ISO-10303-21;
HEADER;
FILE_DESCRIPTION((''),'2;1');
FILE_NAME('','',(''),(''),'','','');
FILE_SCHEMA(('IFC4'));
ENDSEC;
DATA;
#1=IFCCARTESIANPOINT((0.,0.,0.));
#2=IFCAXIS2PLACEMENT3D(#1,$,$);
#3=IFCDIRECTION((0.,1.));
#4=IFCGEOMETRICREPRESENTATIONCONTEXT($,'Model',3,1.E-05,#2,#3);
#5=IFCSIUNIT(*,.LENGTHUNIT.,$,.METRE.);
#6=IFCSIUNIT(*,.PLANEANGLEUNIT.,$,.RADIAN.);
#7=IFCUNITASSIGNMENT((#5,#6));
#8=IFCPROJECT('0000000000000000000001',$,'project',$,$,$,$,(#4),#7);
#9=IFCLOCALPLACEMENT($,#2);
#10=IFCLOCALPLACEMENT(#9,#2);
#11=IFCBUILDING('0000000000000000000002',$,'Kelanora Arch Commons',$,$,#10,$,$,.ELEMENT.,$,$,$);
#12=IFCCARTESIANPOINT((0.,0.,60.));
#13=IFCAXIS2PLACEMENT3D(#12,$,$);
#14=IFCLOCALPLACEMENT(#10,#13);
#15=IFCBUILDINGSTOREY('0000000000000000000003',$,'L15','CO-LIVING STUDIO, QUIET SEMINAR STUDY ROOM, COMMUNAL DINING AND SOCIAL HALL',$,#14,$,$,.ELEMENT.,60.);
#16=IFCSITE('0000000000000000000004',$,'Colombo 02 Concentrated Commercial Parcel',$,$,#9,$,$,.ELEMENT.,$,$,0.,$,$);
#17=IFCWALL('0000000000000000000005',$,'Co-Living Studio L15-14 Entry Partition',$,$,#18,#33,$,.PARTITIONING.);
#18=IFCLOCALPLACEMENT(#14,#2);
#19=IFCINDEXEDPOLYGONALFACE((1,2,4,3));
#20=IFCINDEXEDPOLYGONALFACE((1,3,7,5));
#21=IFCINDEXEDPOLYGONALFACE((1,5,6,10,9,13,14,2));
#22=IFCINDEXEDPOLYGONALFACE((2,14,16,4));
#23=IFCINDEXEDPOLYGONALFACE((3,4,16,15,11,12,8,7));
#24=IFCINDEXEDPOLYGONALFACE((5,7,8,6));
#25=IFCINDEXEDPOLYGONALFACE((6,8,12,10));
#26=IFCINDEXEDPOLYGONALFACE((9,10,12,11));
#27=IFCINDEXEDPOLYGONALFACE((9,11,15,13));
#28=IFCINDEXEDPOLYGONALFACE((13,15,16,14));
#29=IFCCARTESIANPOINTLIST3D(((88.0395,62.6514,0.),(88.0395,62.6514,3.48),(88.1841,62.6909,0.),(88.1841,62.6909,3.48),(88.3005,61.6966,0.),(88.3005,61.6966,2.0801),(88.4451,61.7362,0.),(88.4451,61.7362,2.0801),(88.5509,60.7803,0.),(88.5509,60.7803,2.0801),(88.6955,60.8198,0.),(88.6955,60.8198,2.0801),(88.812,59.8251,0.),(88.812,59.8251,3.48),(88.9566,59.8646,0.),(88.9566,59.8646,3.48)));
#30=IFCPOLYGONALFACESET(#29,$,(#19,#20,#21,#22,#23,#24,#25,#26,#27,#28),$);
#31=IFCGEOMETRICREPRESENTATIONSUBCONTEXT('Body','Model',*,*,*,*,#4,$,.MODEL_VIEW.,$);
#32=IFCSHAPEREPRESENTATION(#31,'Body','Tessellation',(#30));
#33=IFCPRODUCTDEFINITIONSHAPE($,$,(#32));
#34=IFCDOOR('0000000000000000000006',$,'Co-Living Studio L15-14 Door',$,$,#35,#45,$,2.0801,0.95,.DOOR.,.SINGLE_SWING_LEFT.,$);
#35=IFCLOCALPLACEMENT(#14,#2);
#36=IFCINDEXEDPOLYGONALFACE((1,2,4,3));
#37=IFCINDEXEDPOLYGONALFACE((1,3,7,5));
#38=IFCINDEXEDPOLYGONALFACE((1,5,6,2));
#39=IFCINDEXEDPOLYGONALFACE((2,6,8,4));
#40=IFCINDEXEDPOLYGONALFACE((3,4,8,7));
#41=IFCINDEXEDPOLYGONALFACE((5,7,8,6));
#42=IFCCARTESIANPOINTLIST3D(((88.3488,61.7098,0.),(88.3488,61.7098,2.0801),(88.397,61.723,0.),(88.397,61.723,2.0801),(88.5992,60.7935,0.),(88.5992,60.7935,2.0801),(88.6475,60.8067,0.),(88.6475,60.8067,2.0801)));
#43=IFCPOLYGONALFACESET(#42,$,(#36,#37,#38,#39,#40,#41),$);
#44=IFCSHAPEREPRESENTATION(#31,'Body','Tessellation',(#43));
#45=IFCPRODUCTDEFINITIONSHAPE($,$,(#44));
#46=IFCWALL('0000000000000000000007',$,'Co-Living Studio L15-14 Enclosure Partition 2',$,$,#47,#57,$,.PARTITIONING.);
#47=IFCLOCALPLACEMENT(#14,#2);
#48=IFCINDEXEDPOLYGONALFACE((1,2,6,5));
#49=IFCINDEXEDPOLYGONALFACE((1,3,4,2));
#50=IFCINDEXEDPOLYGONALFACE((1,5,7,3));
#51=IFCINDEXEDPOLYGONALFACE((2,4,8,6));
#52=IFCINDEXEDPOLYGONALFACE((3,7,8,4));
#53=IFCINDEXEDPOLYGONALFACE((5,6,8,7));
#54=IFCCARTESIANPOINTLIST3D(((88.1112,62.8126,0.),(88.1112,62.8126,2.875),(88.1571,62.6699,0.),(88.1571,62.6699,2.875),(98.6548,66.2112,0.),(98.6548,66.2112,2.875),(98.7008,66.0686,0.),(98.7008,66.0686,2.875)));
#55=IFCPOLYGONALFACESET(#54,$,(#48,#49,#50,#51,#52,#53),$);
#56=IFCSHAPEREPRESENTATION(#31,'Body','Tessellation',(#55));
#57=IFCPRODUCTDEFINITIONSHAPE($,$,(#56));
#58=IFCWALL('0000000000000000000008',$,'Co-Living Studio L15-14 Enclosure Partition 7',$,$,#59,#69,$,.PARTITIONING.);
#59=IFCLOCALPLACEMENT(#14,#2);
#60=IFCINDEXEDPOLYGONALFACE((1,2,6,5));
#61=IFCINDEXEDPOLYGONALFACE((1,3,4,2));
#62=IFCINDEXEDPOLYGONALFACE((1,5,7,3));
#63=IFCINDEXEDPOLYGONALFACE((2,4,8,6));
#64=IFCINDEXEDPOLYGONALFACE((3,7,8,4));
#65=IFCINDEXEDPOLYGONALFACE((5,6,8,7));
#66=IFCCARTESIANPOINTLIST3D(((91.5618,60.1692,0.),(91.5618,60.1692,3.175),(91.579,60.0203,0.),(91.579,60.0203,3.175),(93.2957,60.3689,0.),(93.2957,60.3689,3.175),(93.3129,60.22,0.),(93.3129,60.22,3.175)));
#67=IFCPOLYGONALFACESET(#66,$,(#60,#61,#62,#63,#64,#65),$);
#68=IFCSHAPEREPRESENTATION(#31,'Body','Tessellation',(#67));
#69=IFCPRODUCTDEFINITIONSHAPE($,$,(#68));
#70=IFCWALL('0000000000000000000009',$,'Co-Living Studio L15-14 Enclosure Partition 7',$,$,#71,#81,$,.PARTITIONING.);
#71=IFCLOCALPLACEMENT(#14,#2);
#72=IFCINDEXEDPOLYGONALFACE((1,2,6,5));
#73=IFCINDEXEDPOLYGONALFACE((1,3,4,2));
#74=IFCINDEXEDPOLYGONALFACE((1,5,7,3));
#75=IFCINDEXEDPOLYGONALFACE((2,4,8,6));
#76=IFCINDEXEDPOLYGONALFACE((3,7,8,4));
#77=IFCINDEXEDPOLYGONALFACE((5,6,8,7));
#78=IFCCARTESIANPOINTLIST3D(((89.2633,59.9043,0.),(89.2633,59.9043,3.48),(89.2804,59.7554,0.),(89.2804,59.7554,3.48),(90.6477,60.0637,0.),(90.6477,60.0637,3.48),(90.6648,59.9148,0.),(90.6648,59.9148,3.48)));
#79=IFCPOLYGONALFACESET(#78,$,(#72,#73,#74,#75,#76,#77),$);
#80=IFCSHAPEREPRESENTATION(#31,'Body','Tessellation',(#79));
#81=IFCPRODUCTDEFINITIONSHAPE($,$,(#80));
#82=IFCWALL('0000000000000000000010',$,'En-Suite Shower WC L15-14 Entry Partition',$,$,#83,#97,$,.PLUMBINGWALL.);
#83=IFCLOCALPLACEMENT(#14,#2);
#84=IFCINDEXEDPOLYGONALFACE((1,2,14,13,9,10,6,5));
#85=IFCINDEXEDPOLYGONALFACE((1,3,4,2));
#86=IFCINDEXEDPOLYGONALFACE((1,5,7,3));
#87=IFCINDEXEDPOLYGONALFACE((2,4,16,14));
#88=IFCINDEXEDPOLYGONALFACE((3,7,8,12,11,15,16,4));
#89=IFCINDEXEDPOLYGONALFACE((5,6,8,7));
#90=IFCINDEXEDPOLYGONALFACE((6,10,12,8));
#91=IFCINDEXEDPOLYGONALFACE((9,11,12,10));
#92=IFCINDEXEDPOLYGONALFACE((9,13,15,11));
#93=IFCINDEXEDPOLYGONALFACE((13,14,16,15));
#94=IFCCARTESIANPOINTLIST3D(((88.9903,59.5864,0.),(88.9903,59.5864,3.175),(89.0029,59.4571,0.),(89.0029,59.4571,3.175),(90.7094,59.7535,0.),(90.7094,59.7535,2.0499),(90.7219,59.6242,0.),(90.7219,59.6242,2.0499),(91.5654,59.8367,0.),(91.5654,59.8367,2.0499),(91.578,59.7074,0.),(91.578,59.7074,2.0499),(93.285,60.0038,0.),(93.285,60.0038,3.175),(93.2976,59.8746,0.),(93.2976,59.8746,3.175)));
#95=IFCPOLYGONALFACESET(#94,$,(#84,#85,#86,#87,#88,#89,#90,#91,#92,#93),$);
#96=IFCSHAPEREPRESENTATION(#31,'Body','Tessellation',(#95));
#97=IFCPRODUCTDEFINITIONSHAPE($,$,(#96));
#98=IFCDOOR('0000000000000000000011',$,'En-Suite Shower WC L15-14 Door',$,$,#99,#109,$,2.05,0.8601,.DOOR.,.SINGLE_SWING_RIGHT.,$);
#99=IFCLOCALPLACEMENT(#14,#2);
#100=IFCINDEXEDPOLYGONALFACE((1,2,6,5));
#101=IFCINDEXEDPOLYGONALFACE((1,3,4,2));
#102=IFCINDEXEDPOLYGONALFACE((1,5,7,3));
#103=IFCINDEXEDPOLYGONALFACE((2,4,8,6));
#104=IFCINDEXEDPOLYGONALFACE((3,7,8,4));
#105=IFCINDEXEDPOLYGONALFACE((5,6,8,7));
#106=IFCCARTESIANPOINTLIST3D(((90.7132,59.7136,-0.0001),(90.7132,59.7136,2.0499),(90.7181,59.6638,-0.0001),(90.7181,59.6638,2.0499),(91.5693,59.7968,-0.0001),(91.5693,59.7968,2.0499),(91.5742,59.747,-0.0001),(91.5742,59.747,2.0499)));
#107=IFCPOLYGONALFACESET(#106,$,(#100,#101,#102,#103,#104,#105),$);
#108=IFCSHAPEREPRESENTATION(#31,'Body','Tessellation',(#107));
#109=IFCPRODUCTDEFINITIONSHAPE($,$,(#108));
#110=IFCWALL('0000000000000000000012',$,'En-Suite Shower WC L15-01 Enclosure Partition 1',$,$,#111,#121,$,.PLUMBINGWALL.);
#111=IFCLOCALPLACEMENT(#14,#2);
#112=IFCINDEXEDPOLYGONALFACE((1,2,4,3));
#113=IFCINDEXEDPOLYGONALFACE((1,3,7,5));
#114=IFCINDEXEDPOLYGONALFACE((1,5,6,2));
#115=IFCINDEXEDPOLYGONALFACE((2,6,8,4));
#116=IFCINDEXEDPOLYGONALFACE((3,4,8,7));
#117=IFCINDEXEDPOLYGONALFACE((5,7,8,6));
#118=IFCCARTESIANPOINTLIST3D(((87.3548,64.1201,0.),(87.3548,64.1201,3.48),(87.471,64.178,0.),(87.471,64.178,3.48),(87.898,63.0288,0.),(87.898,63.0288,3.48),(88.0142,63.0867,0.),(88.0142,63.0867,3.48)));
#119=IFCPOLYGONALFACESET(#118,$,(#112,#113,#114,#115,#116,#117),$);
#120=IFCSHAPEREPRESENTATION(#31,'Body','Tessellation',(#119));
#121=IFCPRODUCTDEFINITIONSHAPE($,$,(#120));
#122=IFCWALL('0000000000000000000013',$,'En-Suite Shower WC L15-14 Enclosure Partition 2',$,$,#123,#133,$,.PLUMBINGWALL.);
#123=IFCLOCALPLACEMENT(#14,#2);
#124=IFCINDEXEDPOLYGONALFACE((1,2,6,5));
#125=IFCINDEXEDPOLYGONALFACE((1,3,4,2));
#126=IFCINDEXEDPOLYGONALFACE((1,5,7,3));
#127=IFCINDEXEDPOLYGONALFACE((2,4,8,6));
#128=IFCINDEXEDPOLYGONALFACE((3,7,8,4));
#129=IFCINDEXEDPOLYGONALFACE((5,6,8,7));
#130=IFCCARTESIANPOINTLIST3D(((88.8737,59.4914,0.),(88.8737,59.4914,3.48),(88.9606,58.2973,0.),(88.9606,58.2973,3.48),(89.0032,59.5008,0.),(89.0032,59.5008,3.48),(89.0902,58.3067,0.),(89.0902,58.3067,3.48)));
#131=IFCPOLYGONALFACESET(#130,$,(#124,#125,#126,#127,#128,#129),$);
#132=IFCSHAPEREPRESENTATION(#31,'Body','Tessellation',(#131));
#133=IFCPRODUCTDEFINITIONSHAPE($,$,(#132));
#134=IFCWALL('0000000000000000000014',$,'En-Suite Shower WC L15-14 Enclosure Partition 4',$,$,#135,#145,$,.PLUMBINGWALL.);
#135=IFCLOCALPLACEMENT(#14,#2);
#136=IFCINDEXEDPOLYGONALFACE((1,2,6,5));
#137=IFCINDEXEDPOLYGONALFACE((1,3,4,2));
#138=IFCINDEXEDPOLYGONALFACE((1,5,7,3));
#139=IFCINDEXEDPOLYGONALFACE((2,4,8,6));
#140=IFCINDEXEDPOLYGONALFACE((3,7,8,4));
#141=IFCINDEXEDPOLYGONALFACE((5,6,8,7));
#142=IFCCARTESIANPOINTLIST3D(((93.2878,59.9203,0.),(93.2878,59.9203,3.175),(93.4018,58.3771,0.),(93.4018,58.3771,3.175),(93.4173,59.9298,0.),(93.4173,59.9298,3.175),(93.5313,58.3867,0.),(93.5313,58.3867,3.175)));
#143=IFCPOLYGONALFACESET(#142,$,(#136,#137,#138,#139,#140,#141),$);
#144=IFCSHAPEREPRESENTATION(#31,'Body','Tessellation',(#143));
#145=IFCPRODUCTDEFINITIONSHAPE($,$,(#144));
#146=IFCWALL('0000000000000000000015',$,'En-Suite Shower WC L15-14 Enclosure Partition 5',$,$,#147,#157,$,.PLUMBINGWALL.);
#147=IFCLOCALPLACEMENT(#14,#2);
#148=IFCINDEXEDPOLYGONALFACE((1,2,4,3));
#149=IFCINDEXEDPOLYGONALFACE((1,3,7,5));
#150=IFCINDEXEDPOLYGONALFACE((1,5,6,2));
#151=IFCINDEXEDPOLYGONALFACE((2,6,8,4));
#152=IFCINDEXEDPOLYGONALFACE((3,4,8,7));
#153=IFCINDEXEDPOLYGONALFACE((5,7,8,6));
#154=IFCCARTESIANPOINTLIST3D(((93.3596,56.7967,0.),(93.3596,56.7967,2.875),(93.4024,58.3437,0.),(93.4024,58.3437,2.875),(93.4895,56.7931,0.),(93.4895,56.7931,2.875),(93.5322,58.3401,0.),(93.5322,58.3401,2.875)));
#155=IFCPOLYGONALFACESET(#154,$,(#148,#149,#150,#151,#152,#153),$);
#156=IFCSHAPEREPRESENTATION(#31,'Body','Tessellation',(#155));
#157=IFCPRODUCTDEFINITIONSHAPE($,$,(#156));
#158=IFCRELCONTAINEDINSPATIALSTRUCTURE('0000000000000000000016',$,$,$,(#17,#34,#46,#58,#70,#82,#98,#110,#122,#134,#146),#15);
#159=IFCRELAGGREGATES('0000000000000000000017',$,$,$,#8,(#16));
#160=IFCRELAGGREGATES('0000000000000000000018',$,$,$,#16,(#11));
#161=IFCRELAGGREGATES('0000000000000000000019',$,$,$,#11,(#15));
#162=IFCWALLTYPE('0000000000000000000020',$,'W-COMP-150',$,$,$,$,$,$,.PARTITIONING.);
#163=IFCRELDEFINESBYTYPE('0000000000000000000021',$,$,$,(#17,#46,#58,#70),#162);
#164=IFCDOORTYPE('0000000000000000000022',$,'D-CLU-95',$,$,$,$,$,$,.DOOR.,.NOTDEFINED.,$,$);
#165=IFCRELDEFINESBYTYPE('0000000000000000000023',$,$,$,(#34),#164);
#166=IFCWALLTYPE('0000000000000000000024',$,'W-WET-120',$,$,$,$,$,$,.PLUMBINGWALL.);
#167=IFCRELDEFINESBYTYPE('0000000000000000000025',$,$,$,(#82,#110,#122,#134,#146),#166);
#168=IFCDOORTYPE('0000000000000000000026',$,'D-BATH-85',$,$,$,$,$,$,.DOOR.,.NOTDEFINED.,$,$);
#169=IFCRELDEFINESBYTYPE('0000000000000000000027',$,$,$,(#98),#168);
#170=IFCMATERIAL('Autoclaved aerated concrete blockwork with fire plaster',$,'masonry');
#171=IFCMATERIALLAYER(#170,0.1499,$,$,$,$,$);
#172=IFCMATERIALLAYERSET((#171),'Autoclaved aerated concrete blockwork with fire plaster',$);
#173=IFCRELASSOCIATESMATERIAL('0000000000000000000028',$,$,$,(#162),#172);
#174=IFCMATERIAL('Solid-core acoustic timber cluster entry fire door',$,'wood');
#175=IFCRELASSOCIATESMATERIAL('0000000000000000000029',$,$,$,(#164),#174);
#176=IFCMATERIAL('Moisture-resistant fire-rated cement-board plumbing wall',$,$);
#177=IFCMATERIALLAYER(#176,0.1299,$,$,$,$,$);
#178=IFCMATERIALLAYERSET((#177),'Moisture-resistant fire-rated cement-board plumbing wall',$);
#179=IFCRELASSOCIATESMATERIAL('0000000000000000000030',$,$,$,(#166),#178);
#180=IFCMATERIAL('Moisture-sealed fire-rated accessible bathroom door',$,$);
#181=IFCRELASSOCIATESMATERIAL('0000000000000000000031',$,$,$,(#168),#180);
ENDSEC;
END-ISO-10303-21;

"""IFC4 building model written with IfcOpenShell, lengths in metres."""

from ifc_helpers import new_model, si_unit, direction, frame, frame_2d, origin, place, context, subcontext, project, spatial, rectangle, extrude, material, layer, layer_set, type_object, element, fill, save


model = new_model("IFC4")

# Units and contexts
model_context = context("Model", 3, precision=1e-05, world=origin(), true_north=direction((0.0, 1.0)))
body_context = subcontext(model_context, "Body", "Model", "MODEL_VIEW")
ifc_project = project(units=[si_unit("LENGTHUNIT", "METRE"), si_unit("PLANEANGLEUNIT", "RADIAN")], contexts=[model_context])

# Site, building, storey
site_placement = place(None, origin())
site = spatial("IfcSite", under=ifc_project, at=site_placement, Name="Colombo 02 Concentrated Commercial Parcel", CompositionType="ELEMENT", RefElevation=0.0)
building_placement = place(site_placement, origin())
building = spatial("IfcBuilding", under=site, at=building_placement, Name="Kelanora Arch Commons", CompositionType="ELEMENT")
storey_placement = place(building_placement, frame((0.0, 0.0, 60.0)))
storey = spatial("IfcBuildingStorey", under=building, at=storey_placement, Name="L15", Description="CO-LIVING STUDIO, QUIET SEMINAR STUDY ROOM, COMMUNAL DINING AND SOCIAL HALL", CompositionType="ELEMENT", Elevation=60.0)

# Wall, opening, door
ifc_material_1 = material(Name="Autoclaved aerated concrete blockwork with fire plaster", Category="masonry")
ifc_layer_1 = layer(ifc_material_1, 0.1499)
ifc_layer_set_1 = layer_set([ifc_layer_1], Name="Autoclaved aerated concrete blockwork with fire plaster")
wall_type_1 = type_object("IfcWallType", Name="W-COMP-150", PredefinedType="PARTITIONING", material=ifc_layer_set_1)
wall_1_placement = place(storey_placement, frame((88.8843, 59.845, 0.0), z_axis=(0.0, 0.0, 1.0), x_axis=(-0.263653, 0.964618, 0.0)))
wall_1 = element("IfcWall", 1, at=wall_1_placement, inside=storey, type_object=wall_type_1, Name="Co-Living Studio L15-14 Entry Partition", PredefinedType="PARTITIONING", context=body_context, shape_type="SweptSolid", body=[
    extrude(rectangle(XDim=2.9299, YDim=0.1499, at=frame_2d((1.4648, 0.0))), origin(), (0.0, 0.0, 1.0), 3.48),
])
opening_1_placement = place(wall_1_placement, frame((0.99, 0.0, 0.0)))
opening_1 = element("IfcOpeningElement", 2, at=opening_1_placement, cuts=wall_1, PredefinedType="OPENING", context=body_context, shape_type="SweptSolid", body=[
    extrude(rectangle(XDim=0.95, YDim=2.0801, at=frame_2d((0.4751, 1.04))), frame((0.0, 0.085, 0.0), z_axis=(0.0, -1.0, 0.0), x_axis=(1.0, 0.0, 0.0)), (0.0, 0.0, 1.0), 0.1699),
])
ifc_material_2 = material(Name="Solid-core acoustic timber cluster entry fire door", Category="wood")
door_type_1 = type_object("IfcDoorType", Name="D-CLU-95", OperationType="NOTDEFINED", PredefinedType="DOOR", material=ifc_material_2)
door_1_placement = place(opening_1_placement, origin())
door_1 = element("IfcDoor", 3, at=door_1_placement, inside=storey, type_object=door_type_1, Name="Co-Living Studio L15-14 Door", OperationType="SINGLE_SWING_LEFT", OverallHeight=2.0801, OverallWidth=0.95, PredefinedType="DOOR", context=body_context, shape_type="SweptSolid", body=[
    extrude(rectangle(XDim=0.95, YDim=2.0801, at=frame_2d((0.4751, 1.04))), frame((0.0, 0.0249, 0.0), z_axis=(0.0, -1.0, 0.0), x_axis=(1.0, 0.0, 0.0)), (0.0, 0.0, 1.0), 0.05),
])
fill(opening_1, door_1)

# Walls
wall_2_placement = place(storey_placement, frame((88.134, 62.7412, 0.0), z_axis=(0.0, 0.0, 1.0), x_axis=(0.951775, 0.306797, 0.0)))
element("IfcWall", 4, at=wall_2_placement, inside=storey, type_object=wall_type_1, Name="Co-Living Studio L15-14 Enclosure Partition 2", PredefinedType="PARTITIONING", context=body_context, shape_type="SweptSolid", body=[
    extrude(rectangle(XDim=11.0779, YDim=0.1499, at=frame_2d((5.5391, 0.0))), origin(), (0.0, 0.0, 1.0), 2.875),
])
wall_3_placement = place(storey_placement, frame((93.3042, 60.2944, 0.0), z_axis=(0.0, 0.0, 1.0), x_axis=(-0.993432, -0.114422, 0.0)))
element("IfcWall", 5, at=wall_3_placement, inside=storey, type_object=wall_type_1, Name="Co-Living Studio L15-14 Enclosure Partition 7", PredefinedType="PARTITIONING", context=body_context, shape_type="SweptSolid", body=[
    extrude(rectangle(XDim=1.7454, YDim=0.1499, at=frame_2d((0.8726, 0.0))), origin(), (0.0, 0.0, 1.0), 3.175),
])
wall_4_placement = place(storey_placement, frame((90.6562, 59.9893, 0.0), z_axis=(0.0, 0.0, 1.0), x_axis=(-0.993436, -0.114391, 0.0)))
element("IfcWall", 6, at=wall_4_placement, inside=storey, type_object=wall_type_1, Name="Co-Living Studio L15-14 Enclosure Partition 7", PredefinedType="PARTITIONING", context=body_context, shape_type="SweptSolid", body=[
    extrude(rectangle(XDim=1.3936, YDim=0.1499, at=frame_2d((0.6968, 0.0))), origin(), (0.0, 0.0, 1.0), 3.48),
])

# Wall, opening, door
ifc_material_3 = material(Name="Moisture-resistant fire-rated cement-board plumbing wall")
ifc_layer_2 = layer(ifc_material_3, 0.1299)
ifc_layer_set_2 = layer_set([ifc_layer_2], Name="Moisture-resistant fire-rated cement-board plumbing wall")
wall_type_2 = type_object("IfcWallType", Name="W-WET-120", PredefinedType="PLUMBINGWALL", material=ifc_layer_set_2)
wall_5_placement = place(storey_placement, frame((88.9966, 59.5217, 0.0), z_axis=(0.0, 0.0, 1.0), x_axis=(0.995308, 0.096753, 0.0)))
wall_5 = element("IfcWall", 7, at=wall_5_placement, inside=storey, type_object=wall_type_2, Name="En-Suite Shower WC L15-14 Entry Partition", PredefinedType="PLUMBINGWALL", context=body_context, shape_type="SweptSolid", body=[
    extrude(rectangle(XDim=4.3149, YDim=0.1299, at=frame_2d((2.1575, 0.0))), origin(), (0.0, 0.0, 1.0), 3.175),
])
opening_2_placement = place(wall_5_placement, frame((1.7271, 0.0, 0.0)))
opening_2 = element("IfcOpeningElement", 8, at=opening_2_placement, cuts=wall_5, PredefinedType="OPENING", context=body_context, shape_type="SweptSolid", body=[
    extrude(rectangle(XDim=0.8601, YDim=2.05, at=frame_2d((0.4302, 1.0249))), frame((0.0, 0.075, 0.0), z_axis=(0.0, -1.0, 0.0), x_axis=(1.0, 0.0, 0.0)), (0.0, 0.0, 1.0), 0.1499),
])
ifc_material_4 = material(Name="Moisture-sealed fire-rated accessible bathroom door")
door_type_2 = type_object("IfcDoorType", Name="D-BATH-85", OperationType="NOTDEFINED", PredefinedType="DOOR", material=ifc_material_4)
door_2_placement = place(opening_2_placement, origin())
door_2 = element("IfcDoor", 9, at=door_2_placement, inside=storey, type_object=door_type_2, Name="En-Suite Shower WC L15-14 Door", OperationType="SINGLE_SWING_RIGHT", OverallHeight=2.05, OverallWidth=0.8601, PredefinedType="DOOR", context=body_context, shape_type="SweptSolid", body=[
    extrude(rectangle(XDim=0.8601, YDim=2.05, at=frame_2d((0.4302, 1.0249))), frame((0.0, 0.0249, 0.0), z_axis=(0.0, -1.0, 0.0), x_axis=(1.0, 0.0, 0.0)), (0.0, 0.0, 1.0), 0.05),
])
fill(opening_2, door_2)

# Walls
wall_6_placement = place(storey_placement, frame((87.9561, 63.0579, 0.0), z_axis=(0.0, 0.0, 1.0), x_axis=(-0.445611, 0.895227, 0.0)))
element("IfcWall", 10, at=wall_6_placement, inside=storey, type_object=wall_type_2, Name="En-Suite Shower WC L15-01 Enclosure Partition 1", PredefinedType="PLUMBINGWALL", context=body_context, shape_type="SweptSolid", body=[
    extrude(rectangle(XDim=1.219, YDim=0.1299, at=frame_2d((0.6094, 0.0))), origin(), (0.0, 0.0, 1.0), 3.48),
])
wall_7_placement = place(storey_placement, frame((89.0254, 58.302, 0.0), z_axis=(0.0, 0.0, 1.0), x_axis=(-0.072595, 0.997362, 0.0)))
element("IfcWall", 11, at=wall_7_placement, inside=storey, type_object=wall_type_2, Name="En-Suite Shower WC L15-14 Enclosure Partition 2", PredefinedType="PLUMBINGWALL", context=body_context, shape_type="SweptSolid", body=[
    extrude(rectangle(XDim=1.1973, YDim=0.1299, at=frame_2d((0.5986, 0.0))), origin(), (0.0, 0.0, 1.0), 3.48),
])
wall_8_placement = place(storey_placement, frame((93.3525, 59.925, 0.0), z_axis=(0.0, 0.0, 1.0), x_axis=(0.07368, -0.997282, 0.0)))
element("IfcWall", 12, at=wall_8_placement, inside=storey, type_object=wall_type_2, Name="En-Suite Shower WC L15-14 Enclosure Partition 4", PredefinedType="PLUMBINGWALL", context=body_context, shape_type="SweptSolid", body=[
    extrude(rectangle(XDim=1.5474, YDim=0.1299, at=frame_2d((0.7737, 0.0))), origin(), (0.0, 0.0, 1.0), 3.175),
])
wall_9_placement = place(storey_placement, frame((93.4673, 58.342, 0.0), z_axis=(0.0, 0.0, 1.0), x_axis=(-0.027605, -0.999619, 0.0)))
element("IfcWall", 13, at=wall_9_placement, inside=storey, type_object=wall_type_2, Name="En-Suite Shower WC L15-14 Enclosure Partition 5", PredefinedType="PLUMBINGWALL", context=body_context, shape_type="SweptSolid", body=[
    extrude(rectangle(XDim=1.5476, YDim=0.1299, at=frame_2d((0.7739, 0.0))), origin(), (0.0, 0.0, 1.0), 2.875),
])

save(model, "model.ifc")
